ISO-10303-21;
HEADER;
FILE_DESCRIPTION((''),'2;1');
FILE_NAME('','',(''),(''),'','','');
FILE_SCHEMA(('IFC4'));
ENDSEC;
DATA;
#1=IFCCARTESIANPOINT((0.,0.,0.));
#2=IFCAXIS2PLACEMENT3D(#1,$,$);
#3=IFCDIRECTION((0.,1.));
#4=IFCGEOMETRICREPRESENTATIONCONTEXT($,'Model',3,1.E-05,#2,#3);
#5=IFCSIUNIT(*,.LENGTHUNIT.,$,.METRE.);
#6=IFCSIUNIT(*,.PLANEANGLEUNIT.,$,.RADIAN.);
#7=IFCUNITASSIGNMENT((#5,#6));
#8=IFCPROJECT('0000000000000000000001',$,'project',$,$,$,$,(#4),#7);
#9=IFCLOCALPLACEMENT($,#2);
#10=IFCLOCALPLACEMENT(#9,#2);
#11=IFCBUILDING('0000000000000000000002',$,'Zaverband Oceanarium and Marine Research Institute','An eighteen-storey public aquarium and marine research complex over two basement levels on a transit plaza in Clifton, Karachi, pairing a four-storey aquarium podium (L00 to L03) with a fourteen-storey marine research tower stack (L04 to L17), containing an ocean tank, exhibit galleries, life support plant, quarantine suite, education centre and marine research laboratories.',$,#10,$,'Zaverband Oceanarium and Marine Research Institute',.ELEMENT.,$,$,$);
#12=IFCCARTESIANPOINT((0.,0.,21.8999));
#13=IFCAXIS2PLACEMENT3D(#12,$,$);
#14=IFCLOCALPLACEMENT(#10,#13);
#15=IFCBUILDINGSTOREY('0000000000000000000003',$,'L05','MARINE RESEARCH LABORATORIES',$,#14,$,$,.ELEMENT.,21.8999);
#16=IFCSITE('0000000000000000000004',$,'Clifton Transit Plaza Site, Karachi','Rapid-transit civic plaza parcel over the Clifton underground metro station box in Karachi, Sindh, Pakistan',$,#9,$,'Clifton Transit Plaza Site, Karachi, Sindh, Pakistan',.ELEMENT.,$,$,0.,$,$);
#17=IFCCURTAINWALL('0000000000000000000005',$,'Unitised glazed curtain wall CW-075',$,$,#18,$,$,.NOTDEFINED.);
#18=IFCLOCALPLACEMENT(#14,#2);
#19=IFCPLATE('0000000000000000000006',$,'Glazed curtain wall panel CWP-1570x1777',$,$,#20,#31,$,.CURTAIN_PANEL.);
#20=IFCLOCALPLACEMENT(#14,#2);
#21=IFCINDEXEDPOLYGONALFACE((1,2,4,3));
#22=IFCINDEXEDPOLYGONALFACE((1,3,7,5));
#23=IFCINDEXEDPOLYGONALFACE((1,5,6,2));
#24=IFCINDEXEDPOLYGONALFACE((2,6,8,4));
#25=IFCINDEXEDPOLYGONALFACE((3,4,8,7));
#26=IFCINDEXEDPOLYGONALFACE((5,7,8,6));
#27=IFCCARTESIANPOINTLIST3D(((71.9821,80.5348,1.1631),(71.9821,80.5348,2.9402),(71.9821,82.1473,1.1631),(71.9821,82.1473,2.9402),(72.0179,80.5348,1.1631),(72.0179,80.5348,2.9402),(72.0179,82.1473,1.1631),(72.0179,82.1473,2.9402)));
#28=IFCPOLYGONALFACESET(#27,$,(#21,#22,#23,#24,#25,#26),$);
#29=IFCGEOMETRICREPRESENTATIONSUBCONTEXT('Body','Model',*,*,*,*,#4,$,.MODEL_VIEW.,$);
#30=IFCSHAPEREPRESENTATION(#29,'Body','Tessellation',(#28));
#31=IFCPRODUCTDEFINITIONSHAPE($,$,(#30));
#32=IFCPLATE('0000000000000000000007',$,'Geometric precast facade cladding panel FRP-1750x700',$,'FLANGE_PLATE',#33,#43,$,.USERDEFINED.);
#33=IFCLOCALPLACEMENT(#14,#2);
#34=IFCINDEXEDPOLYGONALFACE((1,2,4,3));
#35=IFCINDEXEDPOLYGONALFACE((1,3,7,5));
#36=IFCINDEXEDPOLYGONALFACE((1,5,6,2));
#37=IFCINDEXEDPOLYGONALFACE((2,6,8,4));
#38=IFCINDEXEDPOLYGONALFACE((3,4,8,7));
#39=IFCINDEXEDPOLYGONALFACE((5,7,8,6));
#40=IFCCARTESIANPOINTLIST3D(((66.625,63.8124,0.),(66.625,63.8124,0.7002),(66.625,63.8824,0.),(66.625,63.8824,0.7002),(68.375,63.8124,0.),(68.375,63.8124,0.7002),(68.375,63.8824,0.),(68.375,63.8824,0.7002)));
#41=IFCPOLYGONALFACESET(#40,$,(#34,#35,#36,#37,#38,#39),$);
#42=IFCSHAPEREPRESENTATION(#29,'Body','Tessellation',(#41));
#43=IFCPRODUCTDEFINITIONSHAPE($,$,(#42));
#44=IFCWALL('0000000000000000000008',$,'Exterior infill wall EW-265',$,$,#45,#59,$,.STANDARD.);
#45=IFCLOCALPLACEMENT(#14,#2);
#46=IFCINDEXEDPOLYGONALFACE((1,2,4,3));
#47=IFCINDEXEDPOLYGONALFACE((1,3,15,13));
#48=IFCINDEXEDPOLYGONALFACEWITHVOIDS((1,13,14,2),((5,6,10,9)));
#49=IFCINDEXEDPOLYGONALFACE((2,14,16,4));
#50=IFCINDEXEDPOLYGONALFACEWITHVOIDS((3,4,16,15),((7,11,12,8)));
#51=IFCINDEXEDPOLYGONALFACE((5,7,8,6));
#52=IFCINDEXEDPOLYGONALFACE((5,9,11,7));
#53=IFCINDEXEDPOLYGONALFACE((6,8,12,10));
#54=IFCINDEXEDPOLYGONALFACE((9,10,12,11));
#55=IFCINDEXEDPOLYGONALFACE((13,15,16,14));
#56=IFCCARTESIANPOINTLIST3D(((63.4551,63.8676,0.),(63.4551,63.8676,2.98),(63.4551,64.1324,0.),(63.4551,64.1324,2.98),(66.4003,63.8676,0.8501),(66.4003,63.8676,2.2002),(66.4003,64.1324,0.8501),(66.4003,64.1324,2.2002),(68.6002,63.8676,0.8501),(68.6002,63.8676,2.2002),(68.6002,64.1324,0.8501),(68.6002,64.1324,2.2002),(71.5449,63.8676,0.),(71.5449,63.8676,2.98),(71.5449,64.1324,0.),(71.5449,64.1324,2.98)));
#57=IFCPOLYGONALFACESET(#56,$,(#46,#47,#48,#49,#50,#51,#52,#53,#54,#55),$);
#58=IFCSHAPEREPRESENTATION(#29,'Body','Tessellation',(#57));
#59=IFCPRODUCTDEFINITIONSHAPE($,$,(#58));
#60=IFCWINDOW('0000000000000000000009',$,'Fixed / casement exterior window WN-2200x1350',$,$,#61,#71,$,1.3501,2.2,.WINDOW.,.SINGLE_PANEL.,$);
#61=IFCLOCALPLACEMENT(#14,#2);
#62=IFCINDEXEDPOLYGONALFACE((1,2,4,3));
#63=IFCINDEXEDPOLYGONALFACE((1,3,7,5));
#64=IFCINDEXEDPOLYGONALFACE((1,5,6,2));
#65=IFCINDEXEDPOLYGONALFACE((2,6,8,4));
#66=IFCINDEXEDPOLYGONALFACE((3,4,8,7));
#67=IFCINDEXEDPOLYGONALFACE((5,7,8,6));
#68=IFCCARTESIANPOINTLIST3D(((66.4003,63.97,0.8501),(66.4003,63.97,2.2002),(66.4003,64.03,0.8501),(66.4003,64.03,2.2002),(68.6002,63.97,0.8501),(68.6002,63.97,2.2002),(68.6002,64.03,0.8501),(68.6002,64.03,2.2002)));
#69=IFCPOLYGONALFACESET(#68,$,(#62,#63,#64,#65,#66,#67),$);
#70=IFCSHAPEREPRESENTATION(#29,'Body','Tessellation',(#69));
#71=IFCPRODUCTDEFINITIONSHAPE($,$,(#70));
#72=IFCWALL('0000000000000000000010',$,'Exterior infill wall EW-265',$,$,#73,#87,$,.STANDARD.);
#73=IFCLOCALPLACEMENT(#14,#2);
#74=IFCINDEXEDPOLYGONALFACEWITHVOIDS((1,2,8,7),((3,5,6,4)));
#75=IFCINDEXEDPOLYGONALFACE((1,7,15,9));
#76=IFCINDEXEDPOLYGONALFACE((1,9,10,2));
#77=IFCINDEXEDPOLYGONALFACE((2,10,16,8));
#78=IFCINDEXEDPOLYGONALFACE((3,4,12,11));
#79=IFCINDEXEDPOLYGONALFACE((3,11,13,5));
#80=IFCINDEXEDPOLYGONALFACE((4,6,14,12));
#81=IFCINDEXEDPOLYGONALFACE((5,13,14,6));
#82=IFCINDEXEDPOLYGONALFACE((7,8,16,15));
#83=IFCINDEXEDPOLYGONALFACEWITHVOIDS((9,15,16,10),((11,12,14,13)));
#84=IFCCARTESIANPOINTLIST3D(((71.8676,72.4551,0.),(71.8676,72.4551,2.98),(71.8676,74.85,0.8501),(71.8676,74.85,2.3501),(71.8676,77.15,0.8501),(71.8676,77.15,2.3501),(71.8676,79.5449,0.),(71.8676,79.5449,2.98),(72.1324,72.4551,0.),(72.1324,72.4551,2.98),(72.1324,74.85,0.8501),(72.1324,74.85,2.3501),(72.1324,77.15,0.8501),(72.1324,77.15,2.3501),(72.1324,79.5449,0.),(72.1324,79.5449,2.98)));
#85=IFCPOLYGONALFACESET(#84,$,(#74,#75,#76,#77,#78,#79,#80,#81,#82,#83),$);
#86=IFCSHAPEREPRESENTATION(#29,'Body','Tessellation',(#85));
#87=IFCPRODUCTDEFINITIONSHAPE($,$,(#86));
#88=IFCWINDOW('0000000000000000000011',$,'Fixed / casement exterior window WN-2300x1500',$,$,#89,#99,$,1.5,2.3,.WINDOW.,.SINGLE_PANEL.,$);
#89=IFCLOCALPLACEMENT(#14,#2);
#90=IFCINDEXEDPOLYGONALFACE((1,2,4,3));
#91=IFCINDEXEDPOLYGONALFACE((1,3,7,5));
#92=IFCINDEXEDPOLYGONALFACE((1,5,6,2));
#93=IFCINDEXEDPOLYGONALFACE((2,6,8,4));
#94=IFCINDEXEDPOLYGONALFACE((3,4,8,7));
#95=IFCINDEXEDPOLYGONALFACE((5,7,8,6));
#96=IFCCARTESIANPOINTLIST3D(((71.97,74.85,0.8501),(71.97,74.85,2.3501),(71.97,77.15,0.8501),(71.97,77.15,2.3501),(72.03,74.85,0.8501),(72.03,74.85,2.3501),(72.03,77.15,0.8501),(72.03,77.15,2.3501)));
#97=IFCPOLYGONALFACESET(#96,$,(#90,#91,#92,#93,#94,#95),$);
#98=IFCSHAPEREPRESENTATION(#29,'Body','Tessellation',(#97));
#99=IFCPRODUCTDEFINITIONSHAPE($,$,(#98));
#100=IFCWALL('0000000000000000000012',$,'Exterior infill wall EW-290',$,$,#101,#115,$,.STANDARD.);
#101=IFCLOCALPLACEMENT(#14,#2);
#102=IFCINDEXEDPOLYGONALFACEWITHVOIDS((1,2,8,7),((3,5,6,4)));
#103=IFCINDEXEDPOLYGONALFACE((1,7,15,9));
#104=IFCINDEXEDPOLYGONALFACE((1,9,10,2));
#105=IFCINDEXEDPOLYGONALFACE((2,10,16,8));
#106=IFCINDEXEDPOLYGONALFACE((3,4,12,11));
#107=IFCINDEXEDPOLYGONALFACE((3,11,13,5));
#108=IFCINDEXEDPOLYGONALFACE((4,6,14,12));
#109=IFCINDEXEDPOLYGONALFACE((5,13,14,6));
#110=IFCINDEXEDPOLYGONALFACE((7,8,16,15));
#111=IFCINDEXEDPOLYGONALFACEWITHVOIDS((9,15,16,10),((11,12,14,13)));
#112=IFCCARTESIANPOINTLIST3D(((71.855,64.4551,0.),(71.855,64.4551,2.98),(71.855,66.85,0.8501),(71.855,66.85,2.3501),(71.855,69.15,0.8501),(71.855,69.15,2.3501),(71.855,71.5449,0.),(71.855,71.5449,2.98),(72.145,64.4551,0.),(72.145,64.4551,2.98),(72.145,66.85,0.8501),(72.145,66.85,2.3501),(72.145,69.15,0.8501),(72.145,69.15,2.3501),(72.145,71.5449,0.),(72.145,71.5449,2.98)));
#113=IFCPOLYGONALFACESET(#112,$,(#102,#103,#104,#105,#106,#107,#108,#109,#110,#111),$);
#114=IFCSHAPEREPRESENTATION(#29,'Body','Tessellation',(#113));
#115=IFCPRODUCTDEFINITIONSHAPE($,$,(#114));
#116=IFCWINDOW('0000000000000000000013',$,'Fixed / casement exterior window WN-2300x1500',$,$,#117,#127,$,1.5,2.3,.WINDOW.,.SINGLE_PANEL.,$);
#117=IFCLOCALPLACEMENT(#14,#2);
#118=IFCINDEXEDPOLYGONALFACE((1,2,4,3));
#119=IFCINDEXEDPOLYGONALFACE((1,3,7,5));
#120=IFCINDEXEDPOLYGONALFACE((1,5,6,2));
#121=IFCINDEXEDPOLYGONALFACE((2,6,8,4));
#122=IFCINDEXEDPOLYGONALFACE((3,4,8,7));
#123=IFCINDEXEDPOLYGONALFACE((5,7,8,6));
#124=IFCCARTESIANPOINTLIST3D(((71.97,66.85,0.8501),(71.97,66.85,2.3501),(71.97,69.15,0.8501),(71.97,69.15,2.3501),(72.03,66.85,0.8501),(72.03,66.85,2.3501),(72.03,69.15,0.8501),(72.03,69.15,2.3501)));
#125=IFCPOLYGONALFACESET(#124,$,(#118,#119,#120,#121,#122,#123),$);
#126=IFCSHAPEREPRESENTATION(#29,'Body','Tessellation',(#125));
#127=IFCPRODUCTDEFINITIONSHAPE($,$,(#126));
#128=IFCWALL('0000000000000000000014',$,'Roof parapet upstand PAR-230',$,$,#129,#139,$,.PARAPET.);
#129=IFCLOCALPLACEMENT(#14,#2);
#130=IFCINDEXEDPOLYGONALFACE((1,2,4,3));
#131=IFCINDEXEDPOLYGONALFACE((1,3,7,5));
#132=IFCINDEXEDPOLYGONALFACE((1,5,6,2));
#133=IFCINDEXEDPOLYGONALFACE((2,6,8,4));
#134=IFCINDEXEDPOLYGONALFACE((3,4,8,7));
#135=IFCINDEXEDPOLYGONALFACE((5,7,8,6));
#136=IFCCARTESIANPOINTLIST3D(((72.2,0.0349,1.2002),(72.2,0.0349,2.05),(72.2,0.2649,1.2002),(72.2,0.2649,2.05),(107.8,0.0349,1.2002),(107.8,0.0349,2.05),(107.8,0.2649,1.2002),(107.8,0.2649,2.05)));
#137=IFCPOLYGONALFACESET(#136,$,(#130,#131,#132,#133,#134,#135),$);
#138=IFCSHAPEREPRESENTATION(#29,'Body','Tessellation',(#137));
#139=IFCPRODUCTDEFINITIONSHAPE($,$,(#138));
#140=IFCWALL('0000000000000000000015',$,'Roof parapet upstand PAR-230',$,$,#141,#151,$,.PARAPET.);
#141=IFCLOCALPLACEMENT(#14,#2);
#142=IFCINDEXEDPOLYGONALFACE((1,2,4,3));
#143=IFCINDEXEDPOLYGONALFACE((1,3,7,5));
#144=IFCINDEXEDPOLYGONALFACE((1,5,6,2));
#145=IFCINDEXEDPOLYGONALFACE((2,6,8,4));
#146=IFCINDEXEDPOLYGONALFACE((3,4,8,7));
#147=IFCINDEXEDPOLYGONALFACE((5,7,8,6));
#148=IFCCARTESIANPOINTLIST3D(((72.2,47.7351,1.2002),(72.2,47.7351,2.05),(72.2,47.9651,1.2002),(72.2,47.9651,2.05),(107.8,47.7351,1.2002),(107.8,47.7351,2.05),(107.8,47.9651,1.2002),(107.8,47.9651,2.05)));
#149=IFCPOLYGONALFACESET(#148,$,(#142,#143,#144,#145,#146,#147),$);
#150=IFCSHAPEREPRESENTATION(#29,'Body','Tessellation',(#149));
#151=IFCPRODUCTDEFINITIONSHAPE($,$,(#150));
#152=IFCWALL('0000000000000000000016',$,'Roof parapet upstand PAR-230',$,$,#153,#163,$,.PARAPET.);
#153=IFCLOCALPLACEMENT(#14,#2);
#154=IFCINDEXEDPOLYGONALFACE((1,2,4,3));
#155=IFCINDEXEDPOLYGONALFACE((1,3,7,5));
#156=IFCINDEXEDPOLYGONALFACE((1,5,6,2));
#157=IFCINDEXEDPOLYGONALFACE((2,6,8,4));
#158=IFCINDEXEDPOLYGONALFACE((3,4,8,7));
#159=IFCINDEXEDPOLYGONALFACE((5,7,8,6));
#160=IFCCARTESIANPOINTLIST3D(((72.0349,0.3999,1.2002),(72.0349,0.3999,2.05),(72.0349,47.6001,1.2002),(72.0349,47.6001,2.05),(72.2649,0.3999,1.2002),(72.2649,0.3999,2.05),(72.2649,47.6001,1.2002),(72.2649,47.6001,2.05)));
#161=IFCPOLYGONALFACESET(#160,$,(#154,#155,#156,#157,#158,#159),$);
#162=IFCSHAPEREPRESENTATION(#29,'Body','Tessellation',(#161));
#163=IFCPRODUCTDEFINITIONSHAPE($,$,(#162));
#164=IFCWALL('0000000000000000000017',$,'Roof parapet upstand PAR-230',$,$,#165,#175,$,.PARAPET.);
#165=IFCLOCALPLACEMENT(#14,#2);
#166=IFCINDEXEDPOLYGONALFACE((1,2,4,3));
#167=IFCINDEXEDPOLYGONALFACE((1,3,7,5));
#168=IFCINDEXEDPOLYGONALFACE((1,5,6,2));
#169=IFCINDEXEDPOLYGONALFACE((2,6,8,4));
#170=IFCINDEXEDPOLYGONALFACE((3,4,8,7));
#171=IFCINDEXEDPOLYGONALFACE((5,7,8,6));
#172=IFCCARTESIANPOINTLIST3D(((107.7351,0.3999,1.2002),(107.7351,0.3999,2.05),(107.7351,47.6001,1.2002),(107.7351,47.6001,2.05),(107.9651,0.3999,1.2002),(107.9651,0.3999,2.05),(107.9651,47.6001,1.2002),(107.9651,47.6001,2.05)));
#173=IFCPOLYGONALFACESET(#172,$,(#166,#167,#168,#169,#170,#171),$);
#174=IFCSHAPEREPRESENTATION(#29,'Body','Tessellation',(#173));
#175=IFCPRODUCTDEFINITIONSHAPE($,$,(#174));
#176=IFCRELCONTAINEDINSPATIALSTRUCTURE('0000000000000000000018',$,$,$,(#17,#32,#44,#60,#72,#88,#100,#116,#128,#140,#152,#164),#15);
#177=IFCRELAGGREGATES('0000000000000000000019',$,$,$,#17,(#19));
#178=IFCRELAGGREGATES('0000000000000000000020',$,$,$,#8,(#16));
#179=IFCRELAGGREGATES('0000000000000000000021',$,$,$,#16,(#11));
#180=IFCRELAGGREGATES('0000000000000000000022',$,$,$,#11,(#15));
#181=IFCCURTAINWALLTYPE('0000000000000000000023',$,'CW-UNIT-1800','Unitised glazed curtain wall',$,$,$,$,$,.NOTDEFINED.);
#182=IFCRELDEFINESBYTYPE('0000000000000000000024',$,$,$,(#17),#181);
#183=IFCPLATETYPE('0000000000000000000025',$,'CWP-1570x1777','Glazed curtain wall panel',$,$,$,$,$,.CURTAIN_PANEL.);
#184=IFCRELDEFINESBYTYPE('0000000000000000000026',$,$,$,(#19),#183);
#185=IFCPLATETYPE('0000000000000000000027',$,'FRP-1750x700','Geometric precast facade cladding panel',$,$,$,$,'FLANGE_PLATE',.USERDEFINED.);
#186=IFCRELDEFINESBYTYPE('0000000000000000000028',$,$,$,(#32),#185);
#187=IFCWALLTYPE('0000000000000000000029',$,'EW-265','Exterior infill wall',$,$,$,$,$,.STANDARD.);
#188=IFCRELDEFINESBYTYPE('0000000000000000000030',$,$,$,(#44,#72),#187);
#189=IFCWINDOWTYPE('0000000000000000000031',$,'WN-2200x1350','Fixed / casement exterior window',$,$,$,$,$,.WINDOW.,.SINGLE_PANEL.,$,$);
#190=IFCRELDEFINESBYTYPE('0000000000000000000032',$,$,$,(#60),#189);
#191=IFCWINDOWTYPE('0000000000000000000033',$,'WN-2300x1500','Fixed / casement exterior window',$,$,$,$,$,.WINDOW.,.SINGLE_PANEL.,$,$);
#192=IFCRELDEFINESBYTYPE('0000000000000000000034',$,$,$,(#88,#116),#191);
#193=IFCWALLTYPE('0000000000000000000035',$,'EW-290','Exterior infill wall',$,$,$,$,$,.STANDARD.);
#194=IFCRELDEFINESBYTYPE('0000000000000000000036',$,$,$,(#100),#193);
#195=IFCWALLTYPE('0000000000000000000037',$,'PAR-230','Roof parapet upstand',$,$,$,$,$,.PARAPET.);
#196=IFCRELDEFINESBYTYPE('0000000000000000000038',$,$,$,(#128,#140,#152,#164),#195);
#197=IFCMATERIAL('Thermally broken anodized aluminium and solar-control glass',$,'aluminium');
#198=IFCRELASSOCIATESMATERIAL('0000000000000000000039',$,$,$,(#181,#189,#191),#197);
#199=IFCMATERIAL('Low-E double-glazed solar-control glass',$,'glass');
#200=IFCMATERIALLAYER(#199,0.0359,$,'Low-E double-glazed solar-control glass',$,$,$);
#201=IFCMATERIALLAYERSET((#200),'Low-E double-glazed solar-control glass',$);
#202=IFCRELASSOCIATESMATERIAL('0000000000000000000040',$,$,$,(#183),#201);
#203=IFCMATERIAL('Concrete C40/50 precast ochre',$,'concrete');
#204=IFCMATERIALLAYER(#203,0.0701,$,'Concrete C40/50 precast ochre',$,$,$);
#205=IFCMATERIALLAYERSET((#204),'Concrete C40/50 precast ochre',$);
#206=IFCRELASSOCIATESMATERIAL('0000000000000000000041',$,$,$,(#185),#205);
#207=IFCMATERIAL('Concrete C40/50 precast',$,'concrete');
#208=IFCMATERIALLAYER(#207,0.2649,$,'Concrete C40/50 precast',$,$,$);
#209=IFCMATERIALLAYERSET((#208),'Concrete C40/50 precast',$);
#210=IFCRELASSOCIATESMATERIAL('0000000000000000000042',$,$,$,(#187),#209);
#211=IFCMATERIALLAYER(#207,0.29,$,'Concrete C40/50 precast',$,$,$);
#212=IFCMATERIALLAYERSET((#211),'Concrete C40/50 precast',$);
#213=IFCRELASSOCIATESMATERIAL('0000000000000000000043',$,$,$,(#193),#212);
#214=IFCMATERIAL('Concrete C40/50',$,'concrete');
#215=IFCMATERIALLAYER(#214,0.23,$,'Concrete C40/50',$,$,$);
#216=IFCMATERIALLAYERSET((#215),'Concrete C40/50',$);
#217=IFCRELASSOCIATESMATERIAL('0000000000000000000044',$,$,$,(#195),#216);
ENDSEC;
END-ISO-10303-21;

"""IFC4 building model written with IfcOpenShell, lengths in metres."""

from ifc_helpers import new_model, si_unit, direction, frame, frame_2d, origin, place, context, subcontext, project, spatial, rectangle, extrude, material, layer, layer_set, type_object, element, fill, aggregate, save


model = new_model("IFC4")

# Units and contexts
model_context = context("Model", 3, precision=1e-05, world=origin(), true_north=direction((0.0, 1.0)))
body_context = subcontext(model_context, "Body", "Model", "MODEL_VIEW")
ifc_project = project(units=[si_unit("LENGTHUNIT", "METRE"), si_unit("PLANEANGLEUNIT", "RADIAN")], contexts=[model_context])

# Site, building, storey
site_placement = place(None, origin())
site = spatial("IfcSite", under=ifc_project, at=site_placement, Name="Clifton Transit Plaza Site, Karachi", Description="Rapid-transit civic plaza parcel over the Clifton underground metro station box in Karachi, Sindh, Pakistan", LongName="Clifton Transit Plaza Site, Karachi, Sindh, Pakistan", CompositionType="ELEMENT", RefElevation=0.0)
building_placement = place(site_placement, origin())
building = spatial("IfcBuilding", under=site, at=building_placement, Name="Zaverband Oceanarium and Marine Research Institute", Description="An eighteen-storey public aquarium and marine research complex over two basement levels on a transit plaza in Clifton, Karachi, pairing a four-storey aquarium podium (L00 to L03) with a fourteen-storey marine research tower stack (L04 to L17), containing an ocean tank, exhibit galleries, life support plant, quarantine suite, education centre and marine research laboratories.", LongName="Zaverband Oceanarium and Marine Research Institute", CompositionType="ELEMENT")
storey_placement = place(building_placement, frame((0.0, 0.0, 21.8999)))
storey = spatial("IfcBuildingStorey", under=building, at=storey_placement, Name="L05", Description="MARINE RESEARCH LABORATORIES", CompositionType="ELEMENT", Elevation=21.8999)

# Shared definitions
ifc_material_1 = material(Name="Concrete C40/50", Category="concrete")

# Curtain wall
ifc_material_2 = material(Name="Thermally broken anodized aluminium and solar-control glass", Category="aluminium")
curtain_wall_type = type_object("IfcCurtainWallType", Name="CW-UNIT-1800", Description="Unitised glazed curtain wall", PredefinedType="NOTDEFINED", material=ifc_material_2)
curtain_wall_placement = place(storey_placement, origin())
curtain_wall = element("IfcCurtainWall", 1, at=curtain_wall_placement, inside=storey, type_object=curtain_wall_type, Name="Unitised glazed curtain wall CW-075", PredefinedType="NOTDEFINED")

# Plates
ifc_material_3 = material(Name="Low-E double-glazed solar-control glass", Category="glass")
ifc_layer_1 = layer(ifc_material_3, 0.0359, Name="Low-E double-glazed solar-control glass")
ifc_layer_set_1 = layer_set([ifc_layer_1], Name="Low-E double-glazed solar-control glass")
plate_type_1 = type_object("IfcPlateType", Name="CWP-1570x1777", Description="Glazed curtain wall panel", PredefinedType="CURTAIN_PANEL", material=ifc_layer_set_1)
plate_1_placement = place(storey_placement, frame((72.0, 80.5349, 1.1631), z_axis=(0.0, 0.0, 1.0), x_axis=(0.0, 1.0, 0.0)))
plate_1 = element("IfcPlate", 2, at=plate_1_placement, type_object=plate_type_1, Name="Glazed curtain wall panel CWP-1570x1777", PredefinedType="CURTAIN_PANEL", context=body_context, shape_type="SweptSolid", body=[
    extrude(rectangle(XDim=1.6125, YDim=0.0359, at=frame_2d((0.8062, 0.0))), origin(), (0.0, 0.0, 1.0), 1.7771),
])
aggregate(curtain_wall, [plate_1])
ifc_material_4 = material(Name="Concrete C40/50 precast ochre", Category="concrete")
ifc_layer_2 = layer(ifc_material_4, 0.0701, Name="Concrete C40/50 precast ochre")
ifc_layer_set_2 = layer_set([ifc_layer_2], Name="Concrete C40/50 precast ochre")
plate_type_2 = type_object("IfcPlateType", Name="FRP-1750x700", Description="Geometric precast facade cladding panel", ElementType="FLANGE_PLATE", PredefinedType="USERDEFINED", material=ifc_layer_set_2)
plate_2_placement = place(storey_placement, frame((66.625, 63.8474, 0.0), z_axis=(0.0, 0.0, 1.0), x_axis=(1.0, 0.0, 0.0)))
element("IfcPlate", 3, at=plate_2_placement, inside=storey, type_object=plate_type_2, Name="Geometric precast facade cladding panel FRP-1750x700", ObjectType="FLANGE_PLATE", PredefinedType="USERDEFINED", context=body_context, shape_type="SweptSolid", body=[
    extrude(rectangle(XDim=1.75, YDim=0.0701, at=frame_2d((0.875, 0.0))), origin(), (0.0, 0.0, 1.0), 0.7002),
])

# Walls, openings, windows
ifc_material_5 = material(Name="Concrete C40/50 precast", Category="concrete")
ifc_layer_3 = layer(ifc_material_5, 0.2649, Name="Concrete C40/50 precast")
ifc_layer_set_3 = layer_set([ifc_layer_3], Name="Concrete C40/50 precast")
wall_type_1 = type_object("IfcWallType", Name="EW-265", Description="Exterior infill wall", PredefinedType="STANDARD", material=ifc_layer_set_3)
wall_1_placement = place(storey_placement, frame((63.4551, 64.0, 0.0), z_axis=(0.0, 0.0, 1.0), x_axis=(1.0, 0.0, 0.0)))
wall_1 = element("IfcWall", 4, at=wall_1_placement, inside=storey, type_object=wall_type_1, Name="Exterior infill wall EW-265", PredefinedType="STANDARD", context=body_context, shape_type="SweptSolid", body=[
    extrude(rectangle(XDim=8.0898, YDim=0.2649, at=frame_2d((4.0449, 0.0))), origin(), (0.0, 0.0, 1.0), 2.98),
])
opening_1_placement = place(wall_1_placement, frame((2.9451, 0.0, 0.8501)))
opening_1 = element("IfcOpeningElement", 5, at=opening_1_placement, cuts=wall_1, PredefinedType="OPENING", context=body_context, shape_type="SweptSolid", body=[
    extrude(rectangle(XDim=2.2, YDim=1.3501, at=frame_2d((1.1001, 0.675))), frame((0.0, 0.1445, 0.0), z_axis=(0.0, -1.0, 0.0), x_axis=(1.0, 0.0, 0.0)), (0.0, 0.0, 1.0), 0.2888),
])
window_type_1 = type_object("IfcWindowType", Name="WN-2200x1350", Description="Fixed / casement exterior window", PartitioningType="SINGLE_PANEL", PredefinedType="WINDOW", material=ifc_material_2)
window_1_placement = place(opening_1_placement, origin())
window_1 = element("IfcWindow", 6, at=window_1_placement, inside=storey, type_object=window_type_1, Name="Fixed / casement exterior window WN-2200x1350", OverallHeight=1.3501, OverallWidth=2.2, PartitioningType="SINGLE_PANEL", PredefinedType="WINDOW", context=body_context, shape_type="SweptSolid", body=[
    extrude(rectangle(XDim=2.2, YDim=1.3501, at=frame_2d((1.1001, 0.675))), frame((0.0, 0.03, 0.0), z_axis=(0.0, -1.0, 0.0), x_axis=(1.0, 0.0, 0.0)), (0.0, 0.0, 1.0), 0.0601),
])
fill(opening_1, window_1)
wall_2_placement = place(storey_placement, frame((72.0, 72.4551, 0.0), z_axis=(0.0, 0.0, 1.0), x_axis=(0.0, 1.0, 0.0)))
wall_2 = element("IfcWall", 7, at=wall_2_placement, inside=storey, type_object=wall_type_1, Name="Exterior infill wall EW-265", PredefinedType="STANDARD", context=body_context, shape_type="SweptSolid", body=[
    extrude(rectangle(XDim=7.0898, YDim=0.2649, at=frame_2d((3.5449, 0.0))), origin(), (0.0, 0.0, 1.0), 2.98),
])
opening_2_placement = place(wall_2_placement, frame((2.395, 0.0, 0.8501)))
opening_2 = element("IfcOpeningElement", 8, at=opening_2_placement, cuts=wall_2, PredefinedType="OPENING", context=body_context, shape_type="SweptSolid", body=[
    extrude(rectangle(XDim=2.3, YDim=1.5, at=frame_2d((1.1499, 0.75))), frame((0.0, 0.1445, 0.0), z_axis=(0.0, -1.0, 0.0), x_axis=(1.0, 0.0, 0.0)), (0.0, 0.0, 1.0), 0.2888),
])
window_type_2 = type_object("IfcWindowType", Name="WN-2300x1500", Description="Fixed / casement exterior window", PartitioningType="SINGLE_PANEL", PredefinedType="WINDOW", material=ifc_material_2)
window_2_placement = place(opening_2_placement, origin())
window_2 = element("IfcWindow", 9, at=window_2_placement, inside=storey, type_object=window_type_2, Name="Fixed / casement exterior window WN-2300x1500", OverallHeight=1.5, OverallWidth=2.3, PartitioningType="SINGLE_PANEL", PredefinedType="WINDOW", context=body_context, shape_type="SweptSolid", body=[
    extrude(rectangle(XDim=2.3, YDim=1.5, at=frame_2d((1.1499, 0.75))), frame((0.0, 0.03, 0.0), z_axis=(0.0, -1.0, 0.0), x_axis=(1.0, 0.0, 0.0)), (0.0, 0.0, 1.0), 0.0601),
])
fill(opening_2, window_2)
ifc_layer_4 = layer(ifc_material_5, 0.29, Name="Concrete C40/50 precast")
ifc_layer_set_4 = layer_set([ifc_layer_4], Name="Concrete C40/50 precast")
wall_type_2 = type_object("IfcWallType", Name="EW-290", Description="Exterior infill wall", PredefinedType="STANDARD", material=ifc_layer_set_4)
wall_3_placement = place(storey_placement, frame((72.0, 64.4551, 0.0), z_axis=(0.0, 0.0, 1.0), x_axis=(0.0, 1.0, 0.0)))
wall_3 = element("IfcWall", 10, at=wall_3_placement, inside=storey, type_object=wall_type_2, Name="Exterior infill wall EW-290", PredefinedType="STANDARD", context=body_context, shape_type="SweptSolid", body=[
    extrude(rectangle(XDim=7.0898, YDim=0.29, at=frame_2d((3.5449, 0.0))), origin(), (0.0, 0.0, 1.0), 2.98),
])
opening_3_placement = place(wall_3_placement, frame((2.395, 0.0, 0.8501)))
opening_3 = element("IfcOpeningElement", 11, at=opening_3_placement, cuts=wall_3, PredefinedType="OPENING", context=body_context, shape_type="SweptSolid", body=[
    extrude(rectangle(XDim=2.3, YDim=1.5, at=frame_2d((1.1499, 0.75))), frame((0.0, 0.157, 0.0), z_axis=(0.0, -1.0, 0.0), x_axis=(1.0, 0.0, 0.0)), (0.0, 0.0, 1.0), 0.314),
])
window_3_placement = place(opening_3_placement, origin())
window_3 = element("IfcWindow", 12, at=window_3_placement, inside=storey, type_object=window_type_2, Name="Fixed / casement exterior window WN-2300x1500", OverallHeight=1.5, OverallWidth=2.3, PartitioningType="SINGLE_PANEL", PredefinedType="WINDOW", context=body_context, shape_type="SweptSolid", body=[
    extrude(rectangle(XDim=2.3, YDim=1.5, at=frame_2d((1.1499, 0.75))), frame((0.0, 0.03, 0.0), z_axis=(0.0, -1.0, 0.0), x_axis=(1.0, 0.0, 0.0)), (0.0, 0.0, 1.0), 0.0601),
])
fill(opening_3, window_3)

# Walls
ifc_layer_5 = layer(ifc_material_1, 0.23, Name="Concrete C40/50")
ifc_layer_set_5 = layer_set([ifc_layer_5], Name="Concrete C40/50")
wall_type_3 = type_object("IfcWallType", Name="PAR-230", Description="Roof parapet upstand", PredefinedType="PARAPET", material=ifc_layer_set_5)
for number, where, z_axis, x_axis, name in (
    (13, (72.2, 0.1499, 1.2002), (0.0, 0.0, 1.0), (1.0, 0.0, 0.0), "Roof parapet upstand PAR-230"),
    (14, (72.2, 47.8501, 1.2002), (0.0, 0.0, 1.0), (1.0, 0.0, 0.0), "Roof parapet upstand PAR-230"),
):
    element("IfcWall", number, at=place(storey_placement, frame(where, z_axis=z_axis, x_axis=x_axis)), inside=storey, type_object=wall_type_3, Name=name, PredefinedType="PARAPET", context=body_context, shape_type="SweptSolid", body=[
        extrude(rectangle(XDim=35.6001, YDim=0.23, at=frame_2d((17.8, 0.0))), origin(), (0.0, 0.0, 1.0), 0.8499),
    ])
for number, where, z_axis, x_axis, name in (
    (15, (72.1499, 0.3999, 1.2002), (0.0, 0.0, 1.0), (0.0, 1.0, 0.0), "Roof parapet upstand PAR-230"),
    (16, (107.8501, 0.3999, 1.2002), (0.0, 0.0, 1.0), (0.0, 1.0, 0.0), "Roof parapet upstand PAR-230"),
):
    element("IfcWall", number, at=place(storey_placement, frame(where, z_axis=z_axis, x_axis=x_axis)), inside=storey, type_object=wall_type_3, Name=name, PredefinedType="PARAPET", context=body_context, shape_type="SweptSolid", body=[
        extrude(rectangle(XDim=47.2002, YDim=0.23, at=frame_2d((23.6001, 0.0))), origin(), (0.0, 0.0, 1.0), 0.8499),
    ])

save(model, "model.ifc")
